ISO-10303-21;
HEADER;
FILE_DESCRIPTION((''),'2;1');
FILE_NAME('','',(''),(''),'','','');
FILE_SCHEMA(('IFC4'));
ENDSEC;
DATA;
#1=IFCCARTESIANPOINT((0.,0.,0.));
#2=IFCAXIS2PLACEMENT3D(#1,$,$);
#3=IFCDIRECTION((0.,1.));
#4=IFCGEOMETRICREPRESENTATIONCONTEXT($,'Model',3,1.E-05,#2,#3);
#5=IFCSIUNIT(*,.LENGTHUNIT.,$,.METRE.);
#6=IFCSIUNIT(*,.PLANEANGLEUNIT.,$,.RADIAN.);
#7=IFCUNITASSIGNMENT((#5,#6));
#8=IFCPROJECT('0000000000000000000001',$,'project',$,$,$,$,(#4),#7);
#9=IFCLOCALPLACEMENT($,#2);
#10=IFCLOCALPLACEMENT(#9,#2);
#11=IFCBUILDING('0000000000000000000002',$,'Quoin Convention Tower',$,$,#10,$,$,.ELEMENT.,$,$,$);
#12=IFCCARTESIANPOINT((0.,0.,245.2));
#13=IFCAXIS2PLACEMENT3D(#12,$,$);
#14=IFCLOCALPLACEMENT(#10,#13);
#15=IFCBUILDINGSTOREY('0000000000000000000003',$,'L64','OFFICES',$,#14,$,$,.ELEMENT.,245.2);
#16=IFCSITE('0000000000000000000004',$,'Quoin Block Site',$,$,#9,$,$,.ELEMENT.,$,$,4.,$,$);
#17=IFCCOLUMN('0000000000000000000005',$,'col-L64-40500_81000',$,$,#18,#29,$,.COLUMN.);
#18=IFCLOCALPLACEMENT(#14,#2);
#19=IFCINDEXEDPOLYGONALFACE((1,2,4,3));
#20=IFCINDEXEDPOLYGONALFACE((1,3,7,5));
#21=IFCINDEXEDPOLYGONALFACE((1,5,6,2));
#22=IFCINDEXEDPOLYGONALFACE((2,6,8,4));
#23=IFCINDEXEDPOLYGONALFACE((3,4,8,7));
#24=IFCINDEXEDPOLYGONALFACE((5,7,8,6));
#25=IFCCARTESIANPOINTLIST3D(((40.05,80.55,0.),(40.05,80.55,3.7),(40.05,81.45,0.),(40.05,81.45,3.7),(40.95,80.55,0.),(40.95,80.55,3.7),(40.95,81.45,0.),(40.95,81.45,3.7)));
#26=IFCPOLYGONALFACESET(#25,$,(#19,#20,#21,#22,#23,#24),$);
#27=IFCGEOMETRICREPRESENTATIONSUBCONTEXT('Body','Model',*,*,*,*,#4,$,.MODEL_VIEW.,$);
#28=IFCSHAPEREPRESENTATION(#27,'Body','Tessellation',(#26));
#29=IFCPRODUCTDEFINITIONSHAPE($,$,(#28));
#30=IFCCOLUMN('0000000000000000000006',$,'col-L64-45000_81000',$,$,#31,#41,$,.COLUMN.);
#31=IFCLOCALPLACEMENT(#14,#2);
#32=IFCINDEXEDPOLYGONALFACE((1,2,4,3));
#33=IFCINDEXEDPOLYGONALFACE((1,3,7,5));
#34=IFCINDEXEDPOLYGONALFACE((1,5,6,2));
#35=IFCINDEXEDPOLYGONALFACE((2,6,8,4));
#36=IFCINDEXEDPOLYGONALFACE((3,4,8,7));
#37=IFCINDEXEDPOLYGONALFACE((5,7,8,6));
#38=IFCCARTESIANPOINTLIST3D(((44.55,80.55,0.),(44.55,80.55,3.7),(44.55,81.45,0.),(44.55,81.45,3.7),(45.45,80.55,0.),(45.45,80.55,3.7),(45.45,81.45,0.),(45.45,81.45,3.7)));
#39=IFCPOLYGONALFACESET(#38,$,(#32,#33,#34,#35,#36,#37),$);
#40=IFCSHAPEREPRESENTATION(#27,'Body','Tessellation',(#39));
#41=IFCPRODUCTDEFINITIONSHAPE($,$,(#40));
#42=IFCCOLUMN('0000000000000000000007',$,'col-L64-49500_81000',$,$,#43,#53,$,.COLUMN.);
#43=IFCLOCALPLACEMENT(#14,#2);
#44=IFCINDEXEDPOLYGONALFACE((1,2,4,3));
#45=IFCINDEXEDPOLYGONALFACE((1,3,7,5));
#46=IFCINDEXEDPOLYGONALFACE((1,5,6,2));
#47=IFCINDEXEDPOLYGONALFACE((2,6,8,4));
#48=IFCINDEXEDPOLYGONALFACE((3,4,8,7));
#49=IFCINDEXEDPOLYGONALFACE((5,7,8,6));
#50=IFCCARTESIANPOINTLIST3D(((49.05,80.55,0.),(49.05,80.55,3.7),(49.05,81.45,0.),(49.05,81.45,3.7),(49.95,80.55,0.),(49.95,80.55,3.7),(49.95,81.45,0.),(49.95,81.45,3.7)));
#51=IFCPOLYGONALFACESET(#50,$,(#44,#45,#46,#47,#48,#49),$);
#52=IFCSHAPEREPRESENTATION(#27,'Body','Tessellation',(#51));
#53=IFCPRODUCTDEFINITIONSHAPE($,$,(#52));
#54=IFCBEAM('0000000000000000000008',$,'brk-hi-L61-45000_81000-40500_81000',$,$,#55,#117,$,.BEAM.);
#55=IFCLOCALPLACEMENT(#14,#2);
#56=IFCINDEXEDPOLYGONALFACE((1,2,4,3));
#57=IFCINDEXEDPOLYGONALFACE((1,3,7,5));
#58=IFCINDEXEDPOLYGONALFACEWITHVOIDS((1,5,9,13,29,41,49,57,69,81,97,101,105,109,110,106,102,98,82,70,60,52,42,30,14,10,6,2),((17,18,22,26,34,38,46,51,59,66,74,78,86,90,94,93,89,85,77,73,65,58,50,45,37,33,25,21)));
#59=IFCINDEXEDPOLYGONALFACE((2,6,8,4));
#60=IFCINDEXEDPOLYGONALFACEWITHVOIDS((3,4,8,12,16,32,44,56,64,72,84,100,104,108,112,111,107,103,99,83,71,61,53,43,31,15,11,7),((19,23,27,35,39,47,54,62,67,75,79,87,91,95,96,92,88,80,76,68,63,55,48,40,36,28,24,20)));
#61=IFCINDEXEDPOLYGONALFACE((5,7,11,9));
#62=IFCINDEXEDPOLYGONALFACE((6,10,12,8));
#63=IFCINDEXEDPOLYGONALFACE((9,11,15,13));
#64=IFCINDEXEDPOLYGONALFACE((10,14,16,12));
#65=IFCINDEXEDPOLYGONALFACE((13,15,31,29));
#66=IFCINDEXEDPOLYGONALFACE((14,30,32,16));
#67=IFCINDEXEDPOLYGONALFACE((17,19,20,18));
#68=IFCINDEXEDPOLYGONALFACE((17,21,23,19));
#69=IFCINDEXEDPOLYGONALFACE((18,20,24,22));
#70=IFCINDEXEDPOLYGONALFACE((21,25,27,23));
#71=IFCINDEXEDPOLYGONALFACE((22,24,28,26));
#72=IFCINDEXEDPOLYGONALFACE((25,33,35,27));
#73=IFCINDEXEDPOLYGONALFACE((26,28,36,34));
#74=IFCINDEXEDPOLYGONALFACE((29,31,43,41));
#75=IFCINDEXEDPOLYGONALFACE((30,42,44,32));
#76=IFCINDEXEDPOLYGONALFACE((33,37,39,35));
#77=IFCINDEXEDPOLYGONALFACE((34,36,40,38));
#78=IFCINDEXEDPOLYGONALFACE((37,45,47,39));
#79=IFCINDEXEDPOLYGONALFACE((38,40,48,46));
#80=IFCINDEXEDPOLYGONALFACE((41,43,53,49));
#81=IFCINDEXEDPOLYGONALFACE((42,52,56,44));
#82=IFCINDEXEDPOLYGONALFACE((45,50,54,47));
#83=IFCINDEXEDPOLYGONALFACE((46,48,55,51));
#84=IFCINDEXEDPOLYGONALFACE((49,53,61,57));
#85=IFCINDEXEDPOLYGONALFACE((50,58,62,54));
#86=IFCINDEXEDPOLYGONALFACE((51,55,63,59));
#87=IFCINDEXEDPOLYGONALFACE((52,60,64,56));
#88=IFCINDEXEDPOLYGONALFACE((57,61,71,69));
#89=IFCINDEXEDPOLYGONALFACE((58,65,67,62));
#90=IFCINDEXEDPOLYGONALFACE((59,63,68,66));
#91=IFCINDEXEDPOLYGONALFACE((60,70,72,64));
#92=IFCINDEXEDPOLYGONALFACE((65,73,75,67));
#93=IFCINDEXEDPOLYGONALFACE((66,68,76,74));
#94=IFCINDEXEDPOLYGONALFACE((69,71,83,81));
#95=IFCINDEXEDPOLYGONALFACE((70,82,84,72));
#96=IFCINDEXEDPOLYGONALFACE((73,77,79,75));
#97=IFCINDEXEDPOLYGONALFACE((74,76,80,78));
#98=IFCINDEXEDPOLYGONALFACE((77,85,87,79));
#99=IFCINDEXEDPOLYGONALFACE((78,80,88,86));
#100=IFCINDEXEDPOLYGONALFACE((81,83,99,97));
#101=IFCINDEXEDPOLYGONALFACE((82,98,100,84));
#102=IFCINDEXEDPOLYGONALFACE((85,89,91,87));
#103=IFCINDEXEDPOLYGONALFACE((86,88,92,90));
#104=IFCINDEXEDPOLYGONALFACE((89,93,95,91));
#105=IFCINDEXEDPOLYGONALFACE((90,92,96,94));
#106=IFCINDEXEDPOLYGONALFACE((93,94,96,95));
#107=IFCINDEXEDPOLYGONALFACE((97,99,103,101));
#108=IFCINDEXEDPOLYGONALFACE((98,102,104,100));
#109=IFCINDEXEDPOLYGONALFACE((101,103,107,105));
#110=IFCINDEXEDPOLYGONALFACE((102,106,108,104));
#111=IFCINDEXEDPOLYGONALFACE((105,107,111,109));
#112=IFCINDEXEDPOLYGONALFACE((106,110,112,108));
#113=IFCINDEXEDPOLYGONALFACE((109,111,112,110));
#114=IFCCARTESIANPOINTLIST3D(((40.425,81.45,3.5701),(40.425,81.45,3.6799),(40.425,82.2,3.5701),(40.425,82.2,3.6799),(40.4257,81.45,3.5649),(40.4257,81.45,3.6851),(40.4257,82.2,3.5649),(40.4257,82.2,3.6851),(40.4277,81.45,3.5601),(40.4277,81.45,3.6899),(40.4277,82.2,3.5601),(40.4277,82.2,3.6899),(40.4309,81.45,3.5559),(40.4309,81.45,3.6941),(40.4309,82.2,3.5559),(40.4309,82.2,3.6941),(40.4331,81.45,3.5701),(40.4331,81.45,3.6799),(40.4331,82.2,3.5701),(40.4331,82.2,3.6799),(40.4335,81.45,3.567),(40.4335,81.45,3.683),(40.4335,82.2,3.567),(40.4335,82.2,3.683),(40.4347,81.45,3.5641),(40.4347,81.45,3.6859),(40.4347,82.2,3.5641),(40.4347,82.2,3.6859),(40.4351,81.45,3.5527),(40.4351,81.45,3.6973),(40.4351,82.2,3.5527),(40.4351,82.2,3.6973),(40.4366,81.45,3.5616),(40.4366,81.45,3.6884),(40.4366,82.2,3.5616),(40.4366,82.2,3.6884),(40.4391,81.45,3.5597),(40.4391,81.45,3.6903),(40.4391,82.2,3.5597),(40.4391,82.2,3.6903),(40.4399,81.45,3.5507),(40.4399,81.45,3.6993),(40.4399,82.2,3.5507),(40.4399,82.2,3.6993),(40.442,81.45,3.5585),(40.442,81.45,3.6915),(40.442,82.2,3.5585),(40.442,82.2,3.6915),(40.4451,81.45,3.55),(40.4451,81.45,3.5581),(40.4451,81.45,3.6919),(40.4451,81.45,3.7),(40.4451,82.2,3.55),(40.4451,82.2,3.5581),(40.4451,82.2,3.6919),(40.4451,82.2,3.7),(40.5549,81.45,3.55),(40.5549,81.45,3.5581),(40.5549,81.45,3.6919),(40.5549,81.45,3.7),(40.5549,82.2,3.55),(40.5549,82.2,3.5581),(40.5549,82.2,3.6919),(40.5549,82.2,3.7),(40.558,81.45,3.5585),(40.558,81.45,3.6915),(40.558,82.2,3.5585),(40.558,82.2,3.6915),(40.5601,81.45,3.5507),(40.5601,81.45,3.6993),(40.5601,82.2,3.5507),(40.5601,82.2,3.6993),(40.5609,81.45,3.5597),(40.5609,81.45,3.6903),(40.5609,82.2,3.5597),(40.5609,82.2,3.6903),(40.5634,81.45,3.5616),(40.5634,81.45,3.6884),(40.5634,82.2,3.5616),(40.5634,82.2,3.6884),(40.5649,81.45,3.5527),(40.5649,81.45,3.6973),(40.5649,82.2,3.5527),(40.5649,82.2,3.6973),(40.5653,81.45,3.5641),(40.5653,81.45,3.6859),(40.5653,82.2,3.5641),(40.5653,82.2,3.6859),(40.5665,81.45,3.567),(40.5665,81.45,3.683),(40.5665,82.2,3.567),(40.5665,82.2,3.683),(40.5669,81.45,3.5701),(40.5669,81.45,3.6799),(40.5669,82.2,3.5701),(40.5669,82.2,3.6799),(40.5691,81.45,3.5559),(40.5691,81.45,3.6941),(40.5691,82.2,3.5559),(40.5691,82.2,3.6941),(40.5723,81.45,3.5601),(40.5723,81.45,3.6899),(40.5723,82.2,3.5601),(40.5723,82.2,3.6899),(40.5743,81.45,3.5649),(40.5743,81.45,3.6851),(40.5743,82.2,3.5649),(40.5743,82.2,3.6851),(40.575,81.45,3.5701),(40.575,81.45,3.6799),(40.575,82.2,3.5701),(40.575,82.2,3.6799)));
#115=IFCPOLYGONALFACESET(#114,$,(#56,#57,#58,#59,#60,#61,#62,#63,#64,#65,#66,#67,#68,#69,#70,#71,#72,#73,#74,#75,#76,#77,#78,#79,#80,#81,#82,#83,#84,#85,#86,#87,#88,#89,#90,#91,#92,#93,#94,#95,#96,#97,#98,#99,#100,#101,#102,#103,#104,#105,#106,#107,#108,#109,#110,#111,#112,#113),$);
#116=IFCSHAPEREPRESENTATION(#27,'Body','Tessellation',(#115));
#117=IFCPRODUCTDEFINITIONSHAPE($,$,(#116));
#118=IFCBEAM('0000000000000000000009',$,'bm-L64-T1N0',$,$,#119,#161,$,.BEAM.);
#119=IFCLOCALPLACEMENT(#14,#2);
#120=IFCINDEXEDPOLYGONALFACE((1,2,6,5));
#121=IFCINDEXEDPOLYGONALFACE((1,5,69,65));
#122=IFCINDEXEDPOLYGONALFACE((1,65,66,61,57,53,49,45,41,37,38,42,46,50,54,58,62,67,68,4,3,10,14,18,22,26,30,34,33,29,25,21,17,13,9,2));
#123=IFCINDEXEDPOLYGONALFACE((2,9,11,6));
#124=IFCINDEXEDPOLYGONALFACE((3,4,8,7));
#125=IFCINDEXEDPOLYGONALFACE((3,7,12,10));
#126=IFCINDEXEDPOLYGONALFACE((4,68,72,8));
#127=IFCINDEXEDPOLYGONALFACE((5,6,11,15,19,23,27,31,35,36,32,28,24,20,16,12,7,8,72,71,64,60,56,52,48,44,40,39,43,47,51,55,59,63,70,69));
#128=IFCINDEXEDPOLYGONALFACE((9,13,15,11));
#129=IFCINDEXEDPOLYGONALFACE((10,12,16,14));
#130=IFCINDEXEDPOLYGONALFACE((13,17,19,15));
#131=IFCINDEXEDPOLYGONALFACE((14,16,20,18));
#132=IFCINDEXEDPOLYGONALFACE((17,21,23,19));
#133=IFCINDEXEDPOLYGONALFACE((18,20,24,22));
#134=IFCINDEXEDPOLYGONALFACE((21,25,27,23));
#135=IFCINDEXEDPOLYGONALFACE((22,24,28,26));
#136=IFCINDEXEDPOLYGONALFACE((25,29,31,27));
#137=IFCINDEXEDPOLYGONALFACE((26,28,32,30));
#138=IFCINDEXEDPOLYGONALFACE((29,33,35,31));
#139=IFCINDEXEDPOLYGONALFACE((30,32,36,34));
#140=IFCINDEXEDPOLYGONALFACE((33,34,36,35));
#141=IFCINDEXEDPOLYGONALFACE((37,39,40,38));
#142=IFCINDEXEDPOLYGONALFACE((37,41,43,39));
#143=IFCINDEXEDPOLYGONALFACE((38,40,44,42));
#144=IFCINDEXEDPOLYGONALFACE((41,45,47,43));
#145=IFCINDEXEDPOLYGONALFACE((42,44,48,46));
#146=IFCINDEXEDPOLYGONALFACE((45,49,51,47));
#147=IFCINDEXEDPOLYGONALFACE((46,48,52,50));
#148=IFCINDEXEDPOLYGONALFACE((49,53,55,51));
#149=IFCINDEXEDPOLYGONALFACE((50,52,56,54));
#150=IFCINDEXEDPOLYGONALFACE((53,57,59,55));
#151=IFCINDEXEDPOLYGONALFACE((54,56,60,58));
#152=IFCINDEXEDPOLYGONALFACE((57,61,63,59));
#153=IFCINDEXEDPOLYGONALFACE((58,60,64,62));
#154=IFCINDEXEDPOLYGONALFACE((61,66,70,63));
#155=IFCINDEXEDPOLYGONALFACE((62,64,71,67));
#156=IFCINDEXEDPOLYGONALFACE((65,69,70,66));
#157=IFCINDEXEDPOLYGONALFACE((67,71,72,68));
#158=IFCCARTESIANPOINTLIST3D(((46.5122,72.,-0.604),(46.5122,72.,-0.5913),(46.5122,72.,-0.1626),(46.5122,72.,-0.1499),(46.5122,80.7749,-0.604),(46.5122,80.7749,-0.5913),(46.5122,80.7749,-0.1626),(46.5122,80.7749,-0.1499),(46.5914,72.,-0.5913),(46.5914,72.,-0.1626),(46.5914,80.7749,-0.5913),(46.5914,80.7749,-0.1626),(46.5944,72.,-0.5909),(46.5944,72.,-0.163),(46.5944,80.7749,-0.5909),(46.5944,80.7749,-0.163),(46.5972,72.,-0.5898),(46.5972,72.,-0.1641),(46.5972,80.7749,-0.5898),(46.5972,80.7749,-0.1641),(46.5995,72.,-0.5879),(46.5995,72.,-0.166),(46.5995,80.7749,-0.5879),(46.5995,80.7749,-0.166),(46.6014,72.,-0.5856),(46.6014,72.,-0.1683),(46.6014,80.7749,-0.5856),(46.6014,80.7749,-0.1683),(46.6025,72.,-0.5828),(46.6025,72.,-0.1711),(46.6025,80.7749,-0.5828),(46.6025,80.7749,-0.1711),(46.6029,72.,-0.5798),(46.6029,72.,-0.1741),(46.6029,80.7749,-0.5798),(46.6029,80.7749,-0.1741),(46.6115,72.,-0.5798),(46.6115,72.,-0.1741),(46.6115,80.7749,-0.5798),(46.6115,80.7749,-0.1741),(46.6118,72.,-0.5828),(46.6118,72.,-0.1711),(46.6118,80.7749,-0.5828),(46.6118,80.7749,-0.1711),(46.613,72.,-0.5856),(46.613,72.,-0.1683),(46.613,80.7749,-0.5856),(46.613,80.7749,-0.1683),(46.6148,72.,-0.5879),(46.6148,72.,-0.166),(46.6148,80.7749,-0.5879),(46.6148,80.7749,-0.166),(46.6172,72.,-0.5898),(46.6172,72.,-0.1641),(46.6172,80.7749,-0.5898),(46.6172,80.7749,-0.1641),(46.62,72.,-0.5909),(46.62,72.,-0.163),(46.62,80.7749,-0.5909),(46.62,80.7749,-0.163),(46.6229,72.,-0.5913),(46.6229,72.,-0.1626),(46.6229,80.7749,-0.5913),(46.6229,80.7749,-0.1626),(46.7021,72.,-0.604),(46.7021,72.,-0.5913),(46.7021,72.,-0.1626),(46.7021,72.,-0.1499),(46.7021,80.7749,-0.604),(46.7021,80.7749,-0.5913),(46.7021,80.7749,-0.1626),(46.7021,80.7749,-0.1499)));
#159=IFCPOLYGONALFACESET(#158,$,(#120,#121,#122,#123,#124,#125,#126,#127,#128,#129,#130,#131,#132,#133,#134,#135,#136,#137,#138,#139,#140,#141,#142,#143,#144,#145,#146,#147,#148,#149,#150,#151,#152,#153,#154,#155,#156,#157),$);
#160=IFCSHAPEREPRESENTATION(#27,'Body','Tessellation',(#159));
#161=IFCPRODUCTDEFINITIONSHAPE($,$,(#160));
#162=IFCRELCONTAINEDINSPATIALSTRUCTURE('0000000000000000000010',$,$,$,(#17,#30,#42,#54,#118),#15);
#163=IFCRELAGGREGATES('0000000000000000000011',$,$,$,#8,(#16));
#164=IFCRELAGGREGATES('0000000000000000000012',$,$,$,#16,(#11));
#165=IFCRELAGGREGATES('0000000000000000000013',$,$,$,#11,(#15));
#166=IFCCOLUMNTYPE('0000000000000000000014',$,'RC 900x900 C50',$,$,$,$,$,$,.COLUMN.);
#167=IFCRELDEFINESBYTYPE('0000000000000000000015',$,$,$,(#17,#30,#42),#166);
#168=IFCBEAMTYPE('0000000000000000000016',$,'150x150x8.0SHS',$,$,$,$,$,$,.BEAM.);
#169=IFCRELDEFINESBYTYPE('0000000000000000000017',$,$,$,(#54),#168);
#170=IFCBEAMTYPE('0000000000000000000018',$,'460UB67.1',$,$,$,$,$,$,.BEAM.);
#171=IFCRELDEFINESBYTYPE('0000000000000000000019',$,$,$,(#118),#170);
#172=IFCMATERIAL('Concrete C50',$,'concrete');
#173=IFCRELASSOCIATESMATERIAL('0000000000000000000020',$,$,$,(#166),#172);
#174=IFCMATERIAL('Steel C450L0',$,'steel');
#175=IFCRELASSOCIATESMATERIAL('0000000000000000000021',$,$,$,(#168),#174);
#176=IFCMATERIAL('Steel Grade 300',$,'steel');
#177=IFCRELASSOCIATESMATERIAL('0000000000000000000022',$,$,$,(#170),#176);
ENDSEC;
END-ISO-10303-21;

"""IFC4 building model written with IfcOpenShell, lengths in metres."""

from ifc_helpers import new_model, si_unit, direction, frame, origin, origin_2d, place, context, subcontext, project, spatial, rectangle, hollow_rectangle, i_section, extrude, material, material_profile, profile_set, type_object, element, save


model = new_model("IFC4")

# Units and contexts
model_context = context("Model", 3, precision=1e-05, world=origin(), true_north=direction((0.0, 1.0)))
body_context = subcontext(model_context, "Body", "Model", "MODEL_VIEW")
ifc_project = project(units=[si_unit("LENGTHUNIT", "METRE"), si_unit("PLANEANGLEUNIT", "RADIAN")], contexts=[model_context])

# Site, building, storey
site_placement = place(None, origin())
site = spatial("IfcSite", under=ifc_project, at=site_placement, Name="Quoin Block Site", CompositionType="ELEMENT", RefElevation=4.0)
building_placement = place(site_placement, origin())
building = spatial("IfcBuilding", under=site, at=building_placement, Name="Quoin Convention Tower", CompositionType="ELEMENT")
storey_placement = place(building_placement, frame((0.0, 0.0, 245.2)))
storey = spatial("IfcBuildingStorey", under=building, at=storey_placement, Name="L64", Description="OFFICES", CompositionType="ELEMENT", Elevation=245.2)

# Columns
ifc_material_1 = material(Name="Concrete C50", Category="concrete")
ifc_material_profile_1 = material_profile(ifc_material_1, rectangle(XDim=0.8999, YDim=0.8999, at=origin_2d()), Name="RC 900x900")
ifc_profile_set_1 = profile_set([ifc_material_profile_1], Name="Concrete C50")
column_type = type_object("IfcColumnType", Name="RC 900x900 C50", PredefinedType="COLUMN", material=ifc_profile_set_1)
for number, where, z_axis, x_axis, name in (
    (1, (40.5, 81.0, 0.0), (0.0, 0.0, 1.0), (1.0, 0.0, 0.0), "col-L64-40500_81000"),
    (2, (45.0, 81.0, 0.0), (0.0, 0.0, 1.0), (1.0, 0.0, 0.0), "col-L64-45000_81000"),
    (3, (49.5, 81.0, 0.0), (0.0, 0.0, 1.0), (1.0, 0.0, 0.0), "col-L64-49500_81000"),
):
    element("IfcColumn", number, at=place(storey_placement, frame(where, z_axis=z_axis, x_axis=x_axis)), inside=storey, type_object=column_type, Name=name, PredefinedType="COLUMN", context=body_context, shape_type="SweptSolid", body=[
        extrude(rectangle(XDim=0.8999, YDim=0.8999, at=origin_2d()), origin(), (0.0, 0.0, 1.0), 3.7),
    ])

# Beams
ifc_material_2 = material(Name="Steel C450L0", Category="steel")
ifc_material_profile_2 = material_profile(ifc_material_2, hollow_rectangle(XDim=0.1499, YDim=0.1499, WallThickness=0.0081, InnerFilletRadius=0.012, OuterFilletRadius=0.02, at=origin_2d()), Name="150x150x8.0SHS")
ifc_profile_set_2 = profile_set([ifc_material_profile_2], Name="Steel C450L0")
beam_type_1 = type_object("IfcBeamType", Name="150x150x8.0SHS", PredefinedType="BEAM", material=ifc_profile_set_2)
beam_1_placement = place(storey_placement, frame((40.5, 81.45, 3.625), z_axis=(0.0, 1.0, 0.0), x_axis=(-1.0, 0.0, 0.0)))
element("IfcBeam", 4, at=beam_1_placement, inside=storey, type_object=beam_type_1, Name="brk-hi-L61-45000_81000-40500_81000", PredefinedType="BEAM", context=body_context, shape_type="SweptSolid", body=[
    extrude(hollow_rectangle(XDim=0.1499, YDim=0.1499, WallThickness=0.0081, InnerFilletRadius=0.012, OuterFilletRadius=0.02, at=origin_2d()), origin(), (0.0, 0.0, 1.0), 0.75),
])
ifc_material_3 = material(Name="Steel Grade 300", Category="steel")
ifc_material_profile_3 = material_profile(ifc_material_3, i_section(OverallWidth=0.1899, OverallDepth=0.4541, WebThickness=0.0085, FlangeThickness=0.0127, FilletRadius=0.0115, at=origin_2d()), Name="460UB67.1")
ifc_profile_set_3 = profile_set([ifc_material_profile_3], Name="Steel Grade 300")
beam_type_2 = type_object("IfcBeamType", Name="460UB67.1", PredefinedType="BEAM", material=ifc_profile_set_3)
beam_2_placement = place(storey_placement, frame((46.6072, 72.0, -0.377), z_axis=(0.0, 1.0, 0.0), x_axis=(-1.0, 0.0, 0.0)))
element("IfcBeam", 5, at=beam_2_placement, inside=storey, type_object=beam_type_2, Name="bm-L64-T1N0", PredefinedType="BEAM", context=body_context, shape_type="SweptSolid", body=[
    extrude(i_section(OverallWidth=0.1899, OverallDepth=0.4541, WebThickness=0.0085, FlangeThickness=0.0127, FilletRadius=0.0115, at=origin_2d()), origin(), (0.0, 0.0, 1.0), 8.7749),
])

save(model, "model.ifc")
